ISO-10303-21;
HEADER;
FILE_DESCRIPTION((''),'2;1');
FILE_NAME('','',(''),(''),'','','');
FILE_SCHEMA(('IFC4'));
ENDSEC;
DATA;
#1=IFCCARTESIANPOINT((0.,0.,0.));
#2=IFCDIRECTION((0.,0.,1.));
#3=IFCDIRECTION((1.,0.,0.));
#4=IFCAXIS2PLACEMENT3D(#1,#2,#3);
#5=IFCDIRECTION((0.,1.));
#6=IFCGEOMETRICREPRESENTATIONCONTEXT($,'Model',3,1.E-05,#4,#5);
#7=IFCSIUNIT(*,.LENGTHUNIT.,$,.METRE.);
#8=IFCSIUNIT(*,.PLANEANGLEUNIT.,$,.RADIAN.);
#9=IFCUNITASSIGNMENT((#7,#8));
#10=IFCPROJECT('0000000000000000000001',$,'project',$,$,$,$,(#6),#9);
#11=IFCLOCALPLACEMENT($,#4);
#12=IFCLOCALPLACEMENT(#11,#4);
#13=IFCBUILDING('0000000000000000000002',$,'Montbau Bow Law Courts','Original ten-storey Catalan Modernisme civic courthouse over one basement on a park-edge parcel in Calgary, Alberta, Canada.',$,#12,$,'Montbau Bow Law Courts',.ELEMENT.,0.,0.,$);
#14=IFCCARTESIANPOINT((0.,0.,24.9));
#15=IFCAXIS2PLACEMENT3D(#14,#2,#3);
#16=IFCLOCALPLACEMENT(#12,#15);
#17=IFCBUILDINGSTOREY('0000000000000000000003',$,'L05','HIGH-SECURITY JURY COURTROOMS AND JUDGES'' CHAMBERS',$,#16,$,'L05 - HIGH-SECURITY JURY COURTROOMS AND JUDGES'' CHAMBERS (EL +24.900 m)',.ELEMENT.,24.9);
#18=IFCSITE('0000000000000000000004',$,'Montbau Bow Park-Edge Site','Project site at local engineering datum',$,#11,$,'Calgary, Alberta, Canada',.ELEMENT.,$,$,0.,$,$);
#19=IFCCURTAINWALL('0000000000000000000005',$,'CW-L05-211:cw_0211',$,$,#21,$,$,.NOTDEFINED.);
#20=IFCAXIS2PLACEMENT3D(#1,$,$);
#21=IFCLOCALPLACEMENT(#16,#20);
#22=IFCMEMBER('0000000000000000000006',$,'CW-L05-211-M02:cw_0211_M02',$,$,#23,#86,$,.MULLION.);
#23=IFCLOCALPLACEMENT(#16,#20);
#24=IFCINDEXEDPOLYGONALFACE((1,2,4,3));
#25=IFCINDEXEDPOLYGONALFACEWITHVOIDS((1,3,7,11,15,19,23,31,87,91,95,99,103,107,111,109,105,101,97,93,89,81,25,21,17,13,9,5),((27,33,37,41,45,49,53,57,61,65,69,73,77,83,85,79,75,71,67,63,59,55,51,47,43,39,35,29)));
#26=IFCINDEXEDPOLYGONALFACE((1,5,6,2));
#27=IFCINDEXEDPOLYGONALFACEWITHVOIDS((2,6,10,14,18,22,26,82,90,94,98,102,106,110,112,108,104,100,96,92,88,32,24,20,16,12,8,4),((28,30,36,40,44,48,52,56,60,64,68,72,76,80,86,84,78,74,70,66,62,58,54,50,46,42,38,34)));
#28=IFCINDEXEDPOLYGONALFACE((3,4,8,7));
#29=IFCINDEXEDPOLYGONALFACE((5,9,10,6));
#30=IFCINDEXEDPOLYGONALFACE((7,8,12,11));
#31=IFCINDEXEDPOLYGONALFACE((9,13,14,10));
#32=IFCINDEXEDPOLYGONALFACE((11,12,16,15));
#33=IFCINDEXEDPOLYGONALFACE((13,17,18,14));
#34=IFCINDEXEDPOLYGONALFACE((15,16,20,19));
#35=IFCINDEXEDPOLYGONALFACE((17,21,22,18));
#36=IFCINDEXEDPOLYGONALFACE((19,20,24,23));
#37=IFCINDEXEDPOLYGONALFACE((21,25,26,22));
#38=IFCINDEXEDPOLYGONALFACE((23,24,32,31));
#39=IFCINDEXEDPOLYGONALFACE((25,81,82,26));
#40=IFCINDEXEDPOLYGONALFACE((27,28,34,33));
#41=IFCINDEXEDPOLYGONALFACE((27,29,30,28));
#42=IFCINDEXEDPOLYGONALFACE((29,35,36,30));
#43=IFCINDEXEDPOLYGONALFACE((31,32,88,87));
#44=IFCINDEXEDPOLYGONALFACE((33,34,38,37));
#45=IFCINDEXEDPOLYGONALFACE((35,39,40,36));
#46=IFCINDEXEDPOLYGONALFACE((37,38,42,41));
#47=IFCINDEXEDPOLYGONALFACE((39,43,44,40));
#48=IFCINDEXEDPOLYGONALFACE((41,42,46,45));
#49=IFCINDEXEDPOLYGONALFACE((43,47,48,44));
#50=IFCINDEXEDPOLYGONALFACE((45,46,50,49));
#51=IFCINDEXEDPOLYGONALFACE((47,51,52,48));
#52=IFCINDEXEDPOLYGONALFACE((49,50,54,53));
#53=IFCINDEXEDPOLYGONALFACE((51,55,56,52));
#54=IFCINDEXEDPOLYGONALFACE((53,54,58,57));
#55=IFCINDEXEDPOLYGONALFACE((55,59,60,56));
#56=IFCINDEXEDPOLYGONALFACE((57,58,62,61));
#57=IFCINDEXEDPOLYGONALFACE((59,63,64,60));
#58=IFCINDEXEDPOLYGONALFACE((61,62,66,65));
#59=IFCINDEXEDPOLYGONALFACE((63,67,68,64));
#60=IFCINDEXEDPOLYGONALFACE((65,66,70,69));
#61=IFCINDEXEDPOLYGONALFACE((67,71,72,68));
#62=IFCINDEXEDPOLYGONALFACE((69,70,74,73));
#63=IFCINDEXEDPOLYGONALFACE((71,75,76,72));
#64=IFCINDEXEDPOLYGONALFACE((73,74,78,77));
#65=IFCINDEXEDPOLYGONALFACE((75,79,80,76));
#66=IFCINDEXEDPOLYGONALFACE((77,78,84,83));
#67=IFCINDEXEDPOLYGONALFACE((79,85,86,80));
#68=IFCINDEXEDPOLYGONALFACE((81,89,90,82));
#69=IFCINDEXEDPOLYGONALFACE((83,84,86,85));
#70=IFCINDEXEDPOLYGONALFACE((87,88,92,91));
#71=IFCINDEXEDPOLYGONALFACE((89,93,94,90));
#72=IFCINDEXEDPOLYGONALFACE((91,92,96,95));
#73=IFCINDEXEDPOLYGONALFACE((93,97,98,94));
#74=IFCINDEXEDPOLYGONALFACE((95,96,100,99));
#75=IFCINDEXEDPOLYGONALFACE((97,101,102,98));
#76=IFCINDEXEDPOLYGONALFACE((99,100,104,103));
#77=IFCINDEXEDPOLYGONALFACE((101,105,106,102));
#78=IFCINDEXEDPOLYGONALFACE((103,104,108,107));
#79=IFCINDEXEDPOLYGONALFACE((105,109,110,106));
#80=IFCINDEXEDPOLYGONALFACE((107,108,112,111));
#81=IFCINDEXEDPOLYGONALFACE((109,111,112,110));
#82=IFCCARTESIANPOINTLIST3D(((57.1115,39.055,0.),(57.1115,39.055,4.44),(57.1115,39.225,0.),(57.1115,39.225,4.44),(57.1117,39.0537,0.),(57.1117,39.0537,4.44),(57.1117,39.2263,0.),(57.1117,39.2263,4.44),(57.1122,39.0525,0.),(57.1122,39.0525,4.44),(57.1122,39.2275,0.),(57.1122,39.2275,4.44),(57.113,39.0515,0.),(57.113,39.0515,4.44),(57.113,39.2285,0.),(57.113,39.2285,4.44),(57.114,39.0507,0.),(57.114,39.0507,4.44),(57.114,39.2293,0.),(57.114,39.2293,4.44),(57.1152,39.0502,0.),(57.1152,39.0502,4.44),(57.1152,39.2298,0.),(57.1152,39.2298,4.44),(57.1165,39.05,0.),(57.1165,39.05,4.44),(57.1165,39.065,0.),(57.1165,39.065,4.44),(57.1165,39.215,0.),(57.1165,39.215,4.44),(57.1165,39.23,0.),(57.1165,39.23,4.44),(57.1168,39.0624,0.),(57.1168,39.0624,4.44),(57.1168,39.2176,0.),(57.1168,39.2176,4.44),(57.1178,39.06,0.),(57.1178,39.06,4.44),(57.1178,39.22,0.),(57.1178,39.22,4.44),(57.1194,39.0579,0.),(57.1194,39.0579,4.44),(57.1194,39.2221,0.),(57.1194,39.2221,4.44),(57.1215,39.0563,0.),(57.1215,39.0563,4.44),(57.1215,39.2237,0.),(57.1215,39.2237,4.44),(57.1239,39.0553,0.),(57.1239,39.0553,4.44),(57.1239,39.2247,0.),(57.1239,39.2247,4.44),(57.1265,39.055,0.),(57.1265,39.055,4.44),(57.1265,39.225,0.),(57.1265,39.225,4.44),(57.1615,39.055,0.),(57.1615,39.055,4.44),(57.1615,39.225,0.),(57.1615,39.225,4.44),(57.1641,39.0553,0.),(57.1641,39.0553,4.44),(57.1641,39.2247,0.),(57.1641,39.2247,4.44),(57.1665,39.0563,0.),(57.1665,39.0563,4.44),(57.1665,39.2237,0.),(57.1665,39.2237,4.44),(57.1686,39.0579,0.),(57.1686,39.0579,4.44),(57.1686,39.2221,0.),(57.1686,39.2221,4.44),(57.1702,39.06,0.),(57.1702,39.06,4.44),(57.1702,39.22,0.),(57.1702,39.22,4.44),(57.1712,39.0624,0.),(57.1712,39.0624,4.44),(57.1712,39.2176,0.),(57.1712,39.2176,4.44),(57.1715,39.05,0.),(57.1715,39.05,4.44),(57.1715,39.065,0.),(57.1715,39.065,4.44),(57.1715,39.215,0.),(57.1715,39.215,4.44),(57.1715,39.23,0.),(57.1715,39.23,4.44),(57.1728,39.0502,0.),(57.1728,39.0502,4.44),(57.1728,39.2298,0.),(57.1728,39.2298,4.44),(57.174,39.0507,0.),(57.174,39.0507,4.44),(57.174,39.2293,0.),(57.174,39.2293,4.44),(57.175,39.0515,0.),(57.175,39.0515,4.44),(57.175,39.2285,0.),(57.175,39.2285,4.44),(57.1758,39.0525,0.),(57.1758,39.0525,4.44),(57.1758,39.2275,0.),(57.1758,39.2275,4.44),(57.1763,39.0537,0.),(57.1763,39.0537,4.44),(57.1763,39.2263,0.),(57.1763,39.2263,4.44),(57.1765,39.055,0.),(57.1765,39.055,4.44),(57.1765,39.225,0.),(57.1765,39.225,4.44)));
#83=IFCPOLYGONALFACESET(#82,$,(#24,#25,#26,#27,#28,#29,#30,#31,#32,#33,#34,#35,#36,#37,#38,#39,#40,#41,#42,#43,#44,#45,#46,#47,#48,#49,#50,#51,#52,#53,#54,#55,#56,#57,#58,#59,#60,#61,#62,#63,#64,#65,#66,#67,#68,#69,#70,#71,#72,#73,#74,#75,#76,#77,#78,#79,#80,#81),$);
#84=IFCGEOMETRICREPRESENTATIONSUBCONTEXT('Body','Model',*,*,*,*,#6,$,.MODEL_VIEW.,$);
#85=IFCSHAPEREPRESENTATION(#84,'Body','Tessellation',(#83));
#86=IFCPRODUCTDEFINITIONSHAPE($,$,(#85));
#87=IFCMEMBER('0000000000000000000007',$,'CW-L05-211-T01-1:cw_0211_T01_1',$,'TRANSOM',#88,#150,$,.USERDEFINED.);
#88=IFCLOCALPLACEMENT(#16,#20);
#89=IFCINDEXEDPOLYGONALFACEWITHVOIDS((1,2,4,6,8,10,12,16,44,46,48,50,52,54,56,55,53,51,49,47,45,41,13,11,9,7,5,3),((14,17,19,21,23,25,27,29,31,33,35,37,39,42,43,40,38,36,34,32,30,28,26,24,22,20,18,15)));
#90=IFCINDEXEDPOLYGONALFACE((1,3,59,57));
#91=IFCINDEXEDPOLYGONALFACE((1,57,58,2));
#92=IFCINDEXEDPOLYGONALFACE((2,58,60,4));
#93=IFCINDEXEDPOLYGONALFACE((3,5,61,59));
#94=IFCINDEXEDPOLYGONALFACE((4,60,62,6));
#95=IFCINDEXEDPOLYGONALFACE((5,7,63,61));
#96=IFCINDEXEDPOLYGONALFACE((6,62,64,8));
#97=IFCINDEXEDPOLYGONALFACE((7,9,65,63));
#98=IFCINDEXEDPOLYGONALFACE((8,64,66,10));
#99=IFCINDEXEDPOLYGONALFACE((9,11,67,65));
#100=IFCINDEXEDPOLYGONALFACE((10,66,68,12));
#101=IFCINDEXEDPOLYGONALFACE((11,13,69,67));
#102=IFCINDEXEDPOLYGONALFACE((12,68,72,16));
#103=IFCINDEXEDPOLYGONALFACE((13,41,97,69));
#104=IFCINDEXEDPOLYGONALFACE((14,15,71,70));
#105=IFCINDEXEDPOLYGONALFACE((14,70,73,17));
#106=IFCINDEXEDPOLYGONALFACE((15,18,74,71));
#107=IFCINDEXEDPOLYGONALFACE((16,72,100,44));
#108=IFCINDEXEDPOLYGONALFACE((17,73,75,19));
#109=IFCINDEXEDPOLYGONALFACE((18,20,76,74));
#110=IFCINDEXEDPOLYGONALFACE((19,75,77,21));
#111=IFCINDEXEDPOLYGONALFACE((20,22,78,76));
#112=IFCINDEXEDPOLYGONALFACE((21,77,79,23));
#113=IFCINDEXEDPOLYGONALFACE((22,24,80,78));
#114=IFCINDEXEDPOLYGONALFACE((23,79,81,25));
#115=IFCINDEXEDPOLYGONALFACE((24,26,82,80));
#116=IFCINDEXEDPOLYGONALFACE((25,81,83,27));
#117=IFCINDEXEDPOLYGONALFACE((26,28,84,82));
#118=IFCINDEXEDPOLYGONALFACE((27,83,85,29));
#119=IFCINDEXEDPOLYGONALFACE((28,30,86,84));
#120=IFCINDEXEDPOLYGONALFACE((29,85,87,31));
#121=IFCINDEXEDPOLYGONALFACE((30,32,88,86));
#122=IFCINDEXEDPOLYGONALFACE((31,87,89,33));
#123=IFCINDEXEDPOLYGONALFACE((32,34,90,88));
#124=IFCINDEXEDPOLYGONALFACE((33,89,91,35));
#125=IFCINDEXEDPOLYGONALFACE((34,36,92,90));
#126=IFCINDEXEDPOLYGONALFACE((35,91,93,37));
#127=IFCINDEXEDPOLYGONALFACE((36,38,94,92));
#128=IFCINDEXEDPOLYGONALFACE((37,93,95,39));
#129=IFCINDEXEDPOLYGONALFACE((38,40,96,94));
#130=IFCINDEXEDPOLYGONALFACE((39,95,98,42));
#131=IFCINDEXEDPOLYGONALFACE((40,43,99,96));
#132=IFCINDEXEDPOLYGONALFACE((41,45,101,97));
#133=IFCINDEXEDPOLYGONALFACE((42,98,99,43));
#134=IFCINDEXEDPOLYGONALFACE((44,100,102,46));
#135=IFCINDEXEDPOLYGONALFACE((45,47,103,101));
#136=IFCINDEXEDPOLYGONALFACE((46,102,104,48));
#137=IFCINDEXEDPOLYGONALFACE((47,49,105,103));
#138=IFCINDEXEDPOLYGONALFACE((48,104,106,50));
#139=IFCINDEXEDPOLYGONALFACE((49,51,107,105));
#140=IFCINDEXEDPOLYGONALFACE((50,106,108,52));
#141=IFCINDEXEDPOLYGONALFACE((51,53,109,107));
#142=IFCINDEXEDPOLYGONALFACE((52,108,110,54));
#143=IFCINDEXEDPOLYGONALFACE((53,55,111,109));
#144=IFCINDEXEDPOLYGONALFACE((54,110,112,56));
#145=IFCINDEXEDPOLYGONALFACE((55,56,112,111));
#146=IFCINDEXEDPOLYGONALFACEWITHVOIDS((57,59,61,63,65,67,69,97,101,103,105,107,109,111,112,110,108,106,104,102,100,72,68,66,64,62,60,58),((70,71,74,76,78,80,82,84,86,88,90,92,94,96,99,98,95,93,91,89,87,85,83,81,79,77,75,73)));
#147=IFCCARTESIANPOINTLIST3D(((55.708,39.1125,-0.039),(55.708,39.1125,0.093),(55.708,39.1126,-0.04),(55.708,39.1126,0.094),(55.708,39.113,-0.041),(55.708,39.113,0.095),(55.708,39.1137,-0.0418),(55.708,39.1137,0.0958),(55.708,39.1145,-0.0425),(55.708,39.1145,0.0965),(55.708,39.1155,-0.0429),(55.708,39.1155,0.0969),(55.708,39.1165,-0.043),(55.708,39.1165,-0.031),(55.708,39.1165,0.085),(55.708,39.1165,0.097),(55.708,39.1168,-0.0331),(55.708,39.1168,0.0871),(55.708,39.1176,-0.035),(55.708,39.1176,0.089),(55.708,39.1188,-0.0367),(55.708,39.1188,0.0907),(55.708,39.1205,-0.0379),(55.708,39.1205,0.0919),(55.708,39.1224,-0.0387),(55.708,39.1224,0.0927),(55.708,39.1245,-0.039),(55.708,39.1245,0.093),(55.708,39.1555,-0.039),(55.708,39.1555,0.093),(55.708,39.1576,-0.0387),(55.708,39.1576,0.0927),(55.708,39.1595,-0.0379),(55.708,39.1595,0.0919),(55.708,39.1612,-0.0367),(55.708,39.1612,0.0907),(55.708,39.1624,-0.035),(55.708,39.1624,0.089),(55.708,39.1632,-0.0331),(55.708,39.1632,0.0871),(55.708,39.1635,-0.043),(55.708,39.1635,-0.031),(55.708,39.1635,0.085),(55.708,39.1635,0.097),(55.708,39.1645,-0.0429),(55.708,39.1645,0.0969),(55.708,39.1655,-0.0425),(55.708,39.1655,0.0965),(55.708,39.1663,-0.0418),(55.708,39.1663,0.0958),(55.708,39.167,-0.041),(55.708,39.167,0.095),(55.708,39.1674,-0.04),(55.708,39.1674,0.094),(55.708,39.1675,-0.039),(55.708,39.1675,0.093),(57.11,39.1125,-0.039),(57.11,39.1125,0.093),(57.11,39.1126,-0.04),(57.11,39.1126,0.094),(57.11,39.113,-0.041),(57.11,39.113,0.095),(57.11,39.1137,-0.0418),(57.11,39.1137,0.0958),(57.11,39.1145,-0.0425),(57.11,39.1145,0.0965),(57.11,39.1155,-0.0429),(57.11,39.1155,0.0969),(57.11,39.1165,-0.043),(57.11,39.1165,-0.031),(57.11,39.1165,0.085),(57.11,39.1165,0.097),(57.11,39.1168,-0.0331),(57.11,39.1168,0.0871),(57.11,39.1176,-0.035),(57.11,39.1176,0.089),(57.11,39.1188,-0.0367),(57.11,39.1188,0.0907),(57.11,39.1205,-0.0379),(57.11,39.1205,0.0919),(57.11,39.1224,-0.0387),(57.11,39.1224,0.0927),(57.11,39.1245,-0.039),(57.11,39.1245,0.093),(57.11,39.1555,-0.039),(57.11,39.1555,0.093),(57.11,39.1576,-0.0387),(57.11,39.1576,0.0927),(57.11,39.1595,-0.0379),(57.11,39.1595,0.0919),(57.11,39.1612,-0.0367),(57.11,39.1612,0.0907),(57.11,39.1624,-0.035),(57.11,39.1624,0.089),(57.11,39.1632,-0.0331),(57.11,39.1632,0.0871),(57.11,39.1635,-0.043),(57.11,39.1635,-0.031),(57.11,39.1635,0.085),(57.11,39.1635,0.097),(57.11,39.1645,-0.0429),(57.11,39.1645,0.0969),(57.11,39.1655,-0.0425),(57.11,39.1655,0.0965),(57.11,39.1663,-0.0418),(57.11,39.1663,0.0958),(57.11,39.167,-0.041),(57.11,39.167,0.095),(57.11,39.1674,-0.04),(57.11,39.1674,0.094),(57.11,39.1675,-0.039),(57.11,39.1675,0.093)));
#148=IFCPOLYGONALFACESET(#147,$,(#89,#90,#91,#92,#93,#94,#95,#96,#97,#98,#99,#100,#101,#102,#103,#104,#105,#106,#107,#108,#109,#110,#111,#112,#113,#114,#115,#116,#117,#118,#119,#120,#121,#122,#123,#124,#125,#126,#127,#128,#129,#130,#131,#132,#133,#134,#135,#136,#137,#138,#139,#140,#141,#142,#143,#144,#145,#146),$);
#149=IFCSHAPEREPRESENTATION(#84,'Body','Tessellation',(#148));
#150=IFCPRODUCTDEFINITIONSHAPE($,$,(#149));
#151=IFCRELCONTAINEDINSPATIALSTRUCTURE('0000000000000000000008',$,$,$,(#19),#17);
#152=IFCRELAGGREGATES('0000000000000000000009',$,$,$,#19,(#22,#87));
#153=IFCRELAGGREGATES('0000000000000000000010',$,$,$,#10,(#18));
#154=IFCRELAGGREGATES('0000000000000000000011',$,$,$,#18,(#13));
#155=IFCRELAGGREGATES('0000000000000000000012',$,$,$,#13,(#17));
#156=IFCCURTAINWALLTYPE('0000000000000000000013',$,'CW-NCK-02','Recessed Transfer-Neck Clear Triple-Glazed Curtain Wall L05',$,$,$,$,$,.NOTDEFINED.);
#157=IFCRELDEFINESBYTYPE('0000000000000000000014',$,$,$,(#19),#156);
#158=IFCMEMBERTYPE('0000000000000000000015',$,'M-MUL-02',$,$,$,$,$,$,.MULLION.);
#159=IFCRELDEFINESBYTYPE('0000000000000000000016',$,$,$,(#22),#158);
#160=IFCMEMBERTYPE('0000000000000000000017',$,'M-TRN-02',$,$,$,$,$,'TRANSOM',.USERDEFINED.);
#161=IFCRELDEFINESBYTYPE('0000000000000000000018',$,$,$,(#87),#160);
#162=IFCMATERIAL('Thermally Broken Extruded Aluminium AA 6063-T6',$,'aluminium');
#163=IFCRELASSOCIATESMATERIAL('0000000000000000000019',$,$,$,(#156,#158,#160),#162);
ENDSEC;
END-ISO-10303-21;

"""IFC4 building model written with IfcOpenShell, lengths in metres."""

from ifc_helpers import new_model, si_unit, direction, frame, origin_with_axes, origin_2d_with_axis, place, context, subcontext, project, spatial, hollow_rectangle, extrude, material, material_profile, profile_set, type_object, element, aggregate, save


model = new_model("IFC4")

# Units and contexts
model_context = context("Model", 3, precision=1e-05, world=origin_with_axes(), true_north=direction((0.0, 1.0)))
body_context = subcontext(model_context, "Body", "Model", "MODEL_VIEW")
ifc_project = project(units=[si_unit("LENGTHUNIT", "METRE"), si_unit("PLANEANGLEUNIT", "RADIAN")], contexts=[model_context])

# Site, building, storey
site_placement = place(None, origin_with_axes())
site = spatial("IfcSite", under=ifc_project, at=site_placement, Name="Montbau Bow Park-Edge Site", Description="Project site at local engineering datum", LongName="Calgary, Alberta, Canada", CompositionType="ELEMENT", RefElevation=0.0)
building_placement = place(site_placement, origin_with_axes())
building = spatial("IfcBuilding", under=site, at=building_placement, Name="Montbau Bow Law Courts", Description="Original ten-storey Catalan Modernisme civic courthouse over one basement on a park-edge parcel in Calgary, Alberta, Canada.", LongName="Montbau Bow Law Courts", CompositionType="ELEMENT", ElevationOfRefHeight=0.0, ElevationOfTerrain=0.0)
storey_placement = place(building_placement, frame((0.0, 0.0, 24.9), z_axis=(0.0, 0.0, 1.0), x_axis=(1.0, 0.0, 0.0)))
storey = spatial("IfcBuildingStorey", under=building, at=storey_placement, Name="L05", Description="HIGH-SECURITY JURY COURTROOMS AND JUDGES' CHAMBERS", LongName="L05 - HIGH-SECURITY JURY COURTROOMS AND JUDGES' CHAMBERS (EL +24.900 m)", CompositionType="ELEMENT", Elevation=24.9)

# Shared definitions
ifc_material_1 = material(Name="Thermally Broken Extruded Aluminium AA 6063-T6", Category="aluminium")
curtain_wall_type = type_object("IfcCurtainWallType", Name="CW-NCK-02", Description="Recessed Transfer-Neck Clear Triple-Glazed Curtain Wall L05", PredefinedType="NOTDEFINED", material=ifc_material_1)

# Curtain wall, members
curtain_wall_1_placement = place(None, frame((55.64, 39.14, 24.9), z_axis=(0.0, 0.0, 1.0), x_axis=(1.0, 0.0, 0.0)))
curtain_wall_1 = element("IfcCurtainWall", 1, at=curtain_wall_1_placement, inside=storey, type_object=curtain_wall_type, Name="CW-L05-211:cw_0211", PredefinedType="NOTDEFINED")
ifc_material_profile_1 = material_profile(ifc_material_1, hollow_rectangle(XDim=0.065, YDim=0.18, WallThickness=0.005, InnerFilletRadius=0.01, OuterFilletRadius=0.005, at=origin_2d_with_axis()), Name="CWM-180X65", Category="Main", Priority=0)
ifc_profile_set_1 = profile_set([ifc_material_profile_1], Name="Thermally Broken Extruded Aluminium AA 6063-T6")
member_type_1 = type_object("IfcMemberType", Name="M-MUL-02", PredefinedType="MULLION", material=ifc_profile_set_1)
member_1_placement = place(None, frame((57.144, 39.14, 24.9), z_axis=(0.0, 0.0, 1.0), x_axis=(1.0, 0.0, 0.0)))
member_1 = element("IfcMember", 2, at=member_1_placement, type_object=member_type_1, Name="CW-L05-211-M02:cw_0211_M02", PredefinedType="MULLION", context=body_context, shape_type="SweptSolid", body=[
    extrude(hollow_rectangle(XDim=0.065, YDim=0.18, WallThickness=0.005, InnerFilletRadius=0.01, OuterFilletRadius=0.005, at=origin_2d_with_axis()), origin_with_axes(), (0.0, 0.0, 1.0), 4.44),
])
ifc_material_profile_2 = material_profile(ifc_material_1, hollow_rectangle(XDim=0.055, YDim=0.14, WallThickness=0.004, InnerFilletRadius=0.008, OuterFilletRadius=0.004, at=origin_2d_with_axis()), Name="CWT-140X55", Category="Main", Priority=0)
ifc_profile_set_2 = profile_set([ifc_material_profile_2], Name="Thermally Broken Extruded Aluminium AA 6063-T6")
member_type_2 = type_object("IfcMemberType", Name="M-TRN-02", ElementType="TRANSOM", PredefinedType="USERDEFINED", material=ifc_profile_set_2)
member_2_placement = place(None, frame((55.708, 39.14, 24.927), z_axis=(1.0, 0.0, 0.0), x_axis=(0.0, 1.0, 0.0)))
member_2 = element("IfcMember", 3, at=member_2_placement, type_object=member_type_2, Name="CW-L05-211-T01-1:cw_0211_T01_1", ObjectType="TRANSOM", PredefinedType="USERDEFINED", context=body_context, shape_type="SweptSolid", body=[
    extrude(hollow_rectangle(XDim=0.055, YDim=0.14, WallThickness=0.004, InnerFilletRadius=0.008, OuterFilletRadius=0.004, at=origin_2d_with_axis()), origin_with_axes(), (0.0, 0.0, 1.0), 1.402),
])

aggregate(curtain_wall_1, [member_1, member_2])

save(model, "model.ifc")
